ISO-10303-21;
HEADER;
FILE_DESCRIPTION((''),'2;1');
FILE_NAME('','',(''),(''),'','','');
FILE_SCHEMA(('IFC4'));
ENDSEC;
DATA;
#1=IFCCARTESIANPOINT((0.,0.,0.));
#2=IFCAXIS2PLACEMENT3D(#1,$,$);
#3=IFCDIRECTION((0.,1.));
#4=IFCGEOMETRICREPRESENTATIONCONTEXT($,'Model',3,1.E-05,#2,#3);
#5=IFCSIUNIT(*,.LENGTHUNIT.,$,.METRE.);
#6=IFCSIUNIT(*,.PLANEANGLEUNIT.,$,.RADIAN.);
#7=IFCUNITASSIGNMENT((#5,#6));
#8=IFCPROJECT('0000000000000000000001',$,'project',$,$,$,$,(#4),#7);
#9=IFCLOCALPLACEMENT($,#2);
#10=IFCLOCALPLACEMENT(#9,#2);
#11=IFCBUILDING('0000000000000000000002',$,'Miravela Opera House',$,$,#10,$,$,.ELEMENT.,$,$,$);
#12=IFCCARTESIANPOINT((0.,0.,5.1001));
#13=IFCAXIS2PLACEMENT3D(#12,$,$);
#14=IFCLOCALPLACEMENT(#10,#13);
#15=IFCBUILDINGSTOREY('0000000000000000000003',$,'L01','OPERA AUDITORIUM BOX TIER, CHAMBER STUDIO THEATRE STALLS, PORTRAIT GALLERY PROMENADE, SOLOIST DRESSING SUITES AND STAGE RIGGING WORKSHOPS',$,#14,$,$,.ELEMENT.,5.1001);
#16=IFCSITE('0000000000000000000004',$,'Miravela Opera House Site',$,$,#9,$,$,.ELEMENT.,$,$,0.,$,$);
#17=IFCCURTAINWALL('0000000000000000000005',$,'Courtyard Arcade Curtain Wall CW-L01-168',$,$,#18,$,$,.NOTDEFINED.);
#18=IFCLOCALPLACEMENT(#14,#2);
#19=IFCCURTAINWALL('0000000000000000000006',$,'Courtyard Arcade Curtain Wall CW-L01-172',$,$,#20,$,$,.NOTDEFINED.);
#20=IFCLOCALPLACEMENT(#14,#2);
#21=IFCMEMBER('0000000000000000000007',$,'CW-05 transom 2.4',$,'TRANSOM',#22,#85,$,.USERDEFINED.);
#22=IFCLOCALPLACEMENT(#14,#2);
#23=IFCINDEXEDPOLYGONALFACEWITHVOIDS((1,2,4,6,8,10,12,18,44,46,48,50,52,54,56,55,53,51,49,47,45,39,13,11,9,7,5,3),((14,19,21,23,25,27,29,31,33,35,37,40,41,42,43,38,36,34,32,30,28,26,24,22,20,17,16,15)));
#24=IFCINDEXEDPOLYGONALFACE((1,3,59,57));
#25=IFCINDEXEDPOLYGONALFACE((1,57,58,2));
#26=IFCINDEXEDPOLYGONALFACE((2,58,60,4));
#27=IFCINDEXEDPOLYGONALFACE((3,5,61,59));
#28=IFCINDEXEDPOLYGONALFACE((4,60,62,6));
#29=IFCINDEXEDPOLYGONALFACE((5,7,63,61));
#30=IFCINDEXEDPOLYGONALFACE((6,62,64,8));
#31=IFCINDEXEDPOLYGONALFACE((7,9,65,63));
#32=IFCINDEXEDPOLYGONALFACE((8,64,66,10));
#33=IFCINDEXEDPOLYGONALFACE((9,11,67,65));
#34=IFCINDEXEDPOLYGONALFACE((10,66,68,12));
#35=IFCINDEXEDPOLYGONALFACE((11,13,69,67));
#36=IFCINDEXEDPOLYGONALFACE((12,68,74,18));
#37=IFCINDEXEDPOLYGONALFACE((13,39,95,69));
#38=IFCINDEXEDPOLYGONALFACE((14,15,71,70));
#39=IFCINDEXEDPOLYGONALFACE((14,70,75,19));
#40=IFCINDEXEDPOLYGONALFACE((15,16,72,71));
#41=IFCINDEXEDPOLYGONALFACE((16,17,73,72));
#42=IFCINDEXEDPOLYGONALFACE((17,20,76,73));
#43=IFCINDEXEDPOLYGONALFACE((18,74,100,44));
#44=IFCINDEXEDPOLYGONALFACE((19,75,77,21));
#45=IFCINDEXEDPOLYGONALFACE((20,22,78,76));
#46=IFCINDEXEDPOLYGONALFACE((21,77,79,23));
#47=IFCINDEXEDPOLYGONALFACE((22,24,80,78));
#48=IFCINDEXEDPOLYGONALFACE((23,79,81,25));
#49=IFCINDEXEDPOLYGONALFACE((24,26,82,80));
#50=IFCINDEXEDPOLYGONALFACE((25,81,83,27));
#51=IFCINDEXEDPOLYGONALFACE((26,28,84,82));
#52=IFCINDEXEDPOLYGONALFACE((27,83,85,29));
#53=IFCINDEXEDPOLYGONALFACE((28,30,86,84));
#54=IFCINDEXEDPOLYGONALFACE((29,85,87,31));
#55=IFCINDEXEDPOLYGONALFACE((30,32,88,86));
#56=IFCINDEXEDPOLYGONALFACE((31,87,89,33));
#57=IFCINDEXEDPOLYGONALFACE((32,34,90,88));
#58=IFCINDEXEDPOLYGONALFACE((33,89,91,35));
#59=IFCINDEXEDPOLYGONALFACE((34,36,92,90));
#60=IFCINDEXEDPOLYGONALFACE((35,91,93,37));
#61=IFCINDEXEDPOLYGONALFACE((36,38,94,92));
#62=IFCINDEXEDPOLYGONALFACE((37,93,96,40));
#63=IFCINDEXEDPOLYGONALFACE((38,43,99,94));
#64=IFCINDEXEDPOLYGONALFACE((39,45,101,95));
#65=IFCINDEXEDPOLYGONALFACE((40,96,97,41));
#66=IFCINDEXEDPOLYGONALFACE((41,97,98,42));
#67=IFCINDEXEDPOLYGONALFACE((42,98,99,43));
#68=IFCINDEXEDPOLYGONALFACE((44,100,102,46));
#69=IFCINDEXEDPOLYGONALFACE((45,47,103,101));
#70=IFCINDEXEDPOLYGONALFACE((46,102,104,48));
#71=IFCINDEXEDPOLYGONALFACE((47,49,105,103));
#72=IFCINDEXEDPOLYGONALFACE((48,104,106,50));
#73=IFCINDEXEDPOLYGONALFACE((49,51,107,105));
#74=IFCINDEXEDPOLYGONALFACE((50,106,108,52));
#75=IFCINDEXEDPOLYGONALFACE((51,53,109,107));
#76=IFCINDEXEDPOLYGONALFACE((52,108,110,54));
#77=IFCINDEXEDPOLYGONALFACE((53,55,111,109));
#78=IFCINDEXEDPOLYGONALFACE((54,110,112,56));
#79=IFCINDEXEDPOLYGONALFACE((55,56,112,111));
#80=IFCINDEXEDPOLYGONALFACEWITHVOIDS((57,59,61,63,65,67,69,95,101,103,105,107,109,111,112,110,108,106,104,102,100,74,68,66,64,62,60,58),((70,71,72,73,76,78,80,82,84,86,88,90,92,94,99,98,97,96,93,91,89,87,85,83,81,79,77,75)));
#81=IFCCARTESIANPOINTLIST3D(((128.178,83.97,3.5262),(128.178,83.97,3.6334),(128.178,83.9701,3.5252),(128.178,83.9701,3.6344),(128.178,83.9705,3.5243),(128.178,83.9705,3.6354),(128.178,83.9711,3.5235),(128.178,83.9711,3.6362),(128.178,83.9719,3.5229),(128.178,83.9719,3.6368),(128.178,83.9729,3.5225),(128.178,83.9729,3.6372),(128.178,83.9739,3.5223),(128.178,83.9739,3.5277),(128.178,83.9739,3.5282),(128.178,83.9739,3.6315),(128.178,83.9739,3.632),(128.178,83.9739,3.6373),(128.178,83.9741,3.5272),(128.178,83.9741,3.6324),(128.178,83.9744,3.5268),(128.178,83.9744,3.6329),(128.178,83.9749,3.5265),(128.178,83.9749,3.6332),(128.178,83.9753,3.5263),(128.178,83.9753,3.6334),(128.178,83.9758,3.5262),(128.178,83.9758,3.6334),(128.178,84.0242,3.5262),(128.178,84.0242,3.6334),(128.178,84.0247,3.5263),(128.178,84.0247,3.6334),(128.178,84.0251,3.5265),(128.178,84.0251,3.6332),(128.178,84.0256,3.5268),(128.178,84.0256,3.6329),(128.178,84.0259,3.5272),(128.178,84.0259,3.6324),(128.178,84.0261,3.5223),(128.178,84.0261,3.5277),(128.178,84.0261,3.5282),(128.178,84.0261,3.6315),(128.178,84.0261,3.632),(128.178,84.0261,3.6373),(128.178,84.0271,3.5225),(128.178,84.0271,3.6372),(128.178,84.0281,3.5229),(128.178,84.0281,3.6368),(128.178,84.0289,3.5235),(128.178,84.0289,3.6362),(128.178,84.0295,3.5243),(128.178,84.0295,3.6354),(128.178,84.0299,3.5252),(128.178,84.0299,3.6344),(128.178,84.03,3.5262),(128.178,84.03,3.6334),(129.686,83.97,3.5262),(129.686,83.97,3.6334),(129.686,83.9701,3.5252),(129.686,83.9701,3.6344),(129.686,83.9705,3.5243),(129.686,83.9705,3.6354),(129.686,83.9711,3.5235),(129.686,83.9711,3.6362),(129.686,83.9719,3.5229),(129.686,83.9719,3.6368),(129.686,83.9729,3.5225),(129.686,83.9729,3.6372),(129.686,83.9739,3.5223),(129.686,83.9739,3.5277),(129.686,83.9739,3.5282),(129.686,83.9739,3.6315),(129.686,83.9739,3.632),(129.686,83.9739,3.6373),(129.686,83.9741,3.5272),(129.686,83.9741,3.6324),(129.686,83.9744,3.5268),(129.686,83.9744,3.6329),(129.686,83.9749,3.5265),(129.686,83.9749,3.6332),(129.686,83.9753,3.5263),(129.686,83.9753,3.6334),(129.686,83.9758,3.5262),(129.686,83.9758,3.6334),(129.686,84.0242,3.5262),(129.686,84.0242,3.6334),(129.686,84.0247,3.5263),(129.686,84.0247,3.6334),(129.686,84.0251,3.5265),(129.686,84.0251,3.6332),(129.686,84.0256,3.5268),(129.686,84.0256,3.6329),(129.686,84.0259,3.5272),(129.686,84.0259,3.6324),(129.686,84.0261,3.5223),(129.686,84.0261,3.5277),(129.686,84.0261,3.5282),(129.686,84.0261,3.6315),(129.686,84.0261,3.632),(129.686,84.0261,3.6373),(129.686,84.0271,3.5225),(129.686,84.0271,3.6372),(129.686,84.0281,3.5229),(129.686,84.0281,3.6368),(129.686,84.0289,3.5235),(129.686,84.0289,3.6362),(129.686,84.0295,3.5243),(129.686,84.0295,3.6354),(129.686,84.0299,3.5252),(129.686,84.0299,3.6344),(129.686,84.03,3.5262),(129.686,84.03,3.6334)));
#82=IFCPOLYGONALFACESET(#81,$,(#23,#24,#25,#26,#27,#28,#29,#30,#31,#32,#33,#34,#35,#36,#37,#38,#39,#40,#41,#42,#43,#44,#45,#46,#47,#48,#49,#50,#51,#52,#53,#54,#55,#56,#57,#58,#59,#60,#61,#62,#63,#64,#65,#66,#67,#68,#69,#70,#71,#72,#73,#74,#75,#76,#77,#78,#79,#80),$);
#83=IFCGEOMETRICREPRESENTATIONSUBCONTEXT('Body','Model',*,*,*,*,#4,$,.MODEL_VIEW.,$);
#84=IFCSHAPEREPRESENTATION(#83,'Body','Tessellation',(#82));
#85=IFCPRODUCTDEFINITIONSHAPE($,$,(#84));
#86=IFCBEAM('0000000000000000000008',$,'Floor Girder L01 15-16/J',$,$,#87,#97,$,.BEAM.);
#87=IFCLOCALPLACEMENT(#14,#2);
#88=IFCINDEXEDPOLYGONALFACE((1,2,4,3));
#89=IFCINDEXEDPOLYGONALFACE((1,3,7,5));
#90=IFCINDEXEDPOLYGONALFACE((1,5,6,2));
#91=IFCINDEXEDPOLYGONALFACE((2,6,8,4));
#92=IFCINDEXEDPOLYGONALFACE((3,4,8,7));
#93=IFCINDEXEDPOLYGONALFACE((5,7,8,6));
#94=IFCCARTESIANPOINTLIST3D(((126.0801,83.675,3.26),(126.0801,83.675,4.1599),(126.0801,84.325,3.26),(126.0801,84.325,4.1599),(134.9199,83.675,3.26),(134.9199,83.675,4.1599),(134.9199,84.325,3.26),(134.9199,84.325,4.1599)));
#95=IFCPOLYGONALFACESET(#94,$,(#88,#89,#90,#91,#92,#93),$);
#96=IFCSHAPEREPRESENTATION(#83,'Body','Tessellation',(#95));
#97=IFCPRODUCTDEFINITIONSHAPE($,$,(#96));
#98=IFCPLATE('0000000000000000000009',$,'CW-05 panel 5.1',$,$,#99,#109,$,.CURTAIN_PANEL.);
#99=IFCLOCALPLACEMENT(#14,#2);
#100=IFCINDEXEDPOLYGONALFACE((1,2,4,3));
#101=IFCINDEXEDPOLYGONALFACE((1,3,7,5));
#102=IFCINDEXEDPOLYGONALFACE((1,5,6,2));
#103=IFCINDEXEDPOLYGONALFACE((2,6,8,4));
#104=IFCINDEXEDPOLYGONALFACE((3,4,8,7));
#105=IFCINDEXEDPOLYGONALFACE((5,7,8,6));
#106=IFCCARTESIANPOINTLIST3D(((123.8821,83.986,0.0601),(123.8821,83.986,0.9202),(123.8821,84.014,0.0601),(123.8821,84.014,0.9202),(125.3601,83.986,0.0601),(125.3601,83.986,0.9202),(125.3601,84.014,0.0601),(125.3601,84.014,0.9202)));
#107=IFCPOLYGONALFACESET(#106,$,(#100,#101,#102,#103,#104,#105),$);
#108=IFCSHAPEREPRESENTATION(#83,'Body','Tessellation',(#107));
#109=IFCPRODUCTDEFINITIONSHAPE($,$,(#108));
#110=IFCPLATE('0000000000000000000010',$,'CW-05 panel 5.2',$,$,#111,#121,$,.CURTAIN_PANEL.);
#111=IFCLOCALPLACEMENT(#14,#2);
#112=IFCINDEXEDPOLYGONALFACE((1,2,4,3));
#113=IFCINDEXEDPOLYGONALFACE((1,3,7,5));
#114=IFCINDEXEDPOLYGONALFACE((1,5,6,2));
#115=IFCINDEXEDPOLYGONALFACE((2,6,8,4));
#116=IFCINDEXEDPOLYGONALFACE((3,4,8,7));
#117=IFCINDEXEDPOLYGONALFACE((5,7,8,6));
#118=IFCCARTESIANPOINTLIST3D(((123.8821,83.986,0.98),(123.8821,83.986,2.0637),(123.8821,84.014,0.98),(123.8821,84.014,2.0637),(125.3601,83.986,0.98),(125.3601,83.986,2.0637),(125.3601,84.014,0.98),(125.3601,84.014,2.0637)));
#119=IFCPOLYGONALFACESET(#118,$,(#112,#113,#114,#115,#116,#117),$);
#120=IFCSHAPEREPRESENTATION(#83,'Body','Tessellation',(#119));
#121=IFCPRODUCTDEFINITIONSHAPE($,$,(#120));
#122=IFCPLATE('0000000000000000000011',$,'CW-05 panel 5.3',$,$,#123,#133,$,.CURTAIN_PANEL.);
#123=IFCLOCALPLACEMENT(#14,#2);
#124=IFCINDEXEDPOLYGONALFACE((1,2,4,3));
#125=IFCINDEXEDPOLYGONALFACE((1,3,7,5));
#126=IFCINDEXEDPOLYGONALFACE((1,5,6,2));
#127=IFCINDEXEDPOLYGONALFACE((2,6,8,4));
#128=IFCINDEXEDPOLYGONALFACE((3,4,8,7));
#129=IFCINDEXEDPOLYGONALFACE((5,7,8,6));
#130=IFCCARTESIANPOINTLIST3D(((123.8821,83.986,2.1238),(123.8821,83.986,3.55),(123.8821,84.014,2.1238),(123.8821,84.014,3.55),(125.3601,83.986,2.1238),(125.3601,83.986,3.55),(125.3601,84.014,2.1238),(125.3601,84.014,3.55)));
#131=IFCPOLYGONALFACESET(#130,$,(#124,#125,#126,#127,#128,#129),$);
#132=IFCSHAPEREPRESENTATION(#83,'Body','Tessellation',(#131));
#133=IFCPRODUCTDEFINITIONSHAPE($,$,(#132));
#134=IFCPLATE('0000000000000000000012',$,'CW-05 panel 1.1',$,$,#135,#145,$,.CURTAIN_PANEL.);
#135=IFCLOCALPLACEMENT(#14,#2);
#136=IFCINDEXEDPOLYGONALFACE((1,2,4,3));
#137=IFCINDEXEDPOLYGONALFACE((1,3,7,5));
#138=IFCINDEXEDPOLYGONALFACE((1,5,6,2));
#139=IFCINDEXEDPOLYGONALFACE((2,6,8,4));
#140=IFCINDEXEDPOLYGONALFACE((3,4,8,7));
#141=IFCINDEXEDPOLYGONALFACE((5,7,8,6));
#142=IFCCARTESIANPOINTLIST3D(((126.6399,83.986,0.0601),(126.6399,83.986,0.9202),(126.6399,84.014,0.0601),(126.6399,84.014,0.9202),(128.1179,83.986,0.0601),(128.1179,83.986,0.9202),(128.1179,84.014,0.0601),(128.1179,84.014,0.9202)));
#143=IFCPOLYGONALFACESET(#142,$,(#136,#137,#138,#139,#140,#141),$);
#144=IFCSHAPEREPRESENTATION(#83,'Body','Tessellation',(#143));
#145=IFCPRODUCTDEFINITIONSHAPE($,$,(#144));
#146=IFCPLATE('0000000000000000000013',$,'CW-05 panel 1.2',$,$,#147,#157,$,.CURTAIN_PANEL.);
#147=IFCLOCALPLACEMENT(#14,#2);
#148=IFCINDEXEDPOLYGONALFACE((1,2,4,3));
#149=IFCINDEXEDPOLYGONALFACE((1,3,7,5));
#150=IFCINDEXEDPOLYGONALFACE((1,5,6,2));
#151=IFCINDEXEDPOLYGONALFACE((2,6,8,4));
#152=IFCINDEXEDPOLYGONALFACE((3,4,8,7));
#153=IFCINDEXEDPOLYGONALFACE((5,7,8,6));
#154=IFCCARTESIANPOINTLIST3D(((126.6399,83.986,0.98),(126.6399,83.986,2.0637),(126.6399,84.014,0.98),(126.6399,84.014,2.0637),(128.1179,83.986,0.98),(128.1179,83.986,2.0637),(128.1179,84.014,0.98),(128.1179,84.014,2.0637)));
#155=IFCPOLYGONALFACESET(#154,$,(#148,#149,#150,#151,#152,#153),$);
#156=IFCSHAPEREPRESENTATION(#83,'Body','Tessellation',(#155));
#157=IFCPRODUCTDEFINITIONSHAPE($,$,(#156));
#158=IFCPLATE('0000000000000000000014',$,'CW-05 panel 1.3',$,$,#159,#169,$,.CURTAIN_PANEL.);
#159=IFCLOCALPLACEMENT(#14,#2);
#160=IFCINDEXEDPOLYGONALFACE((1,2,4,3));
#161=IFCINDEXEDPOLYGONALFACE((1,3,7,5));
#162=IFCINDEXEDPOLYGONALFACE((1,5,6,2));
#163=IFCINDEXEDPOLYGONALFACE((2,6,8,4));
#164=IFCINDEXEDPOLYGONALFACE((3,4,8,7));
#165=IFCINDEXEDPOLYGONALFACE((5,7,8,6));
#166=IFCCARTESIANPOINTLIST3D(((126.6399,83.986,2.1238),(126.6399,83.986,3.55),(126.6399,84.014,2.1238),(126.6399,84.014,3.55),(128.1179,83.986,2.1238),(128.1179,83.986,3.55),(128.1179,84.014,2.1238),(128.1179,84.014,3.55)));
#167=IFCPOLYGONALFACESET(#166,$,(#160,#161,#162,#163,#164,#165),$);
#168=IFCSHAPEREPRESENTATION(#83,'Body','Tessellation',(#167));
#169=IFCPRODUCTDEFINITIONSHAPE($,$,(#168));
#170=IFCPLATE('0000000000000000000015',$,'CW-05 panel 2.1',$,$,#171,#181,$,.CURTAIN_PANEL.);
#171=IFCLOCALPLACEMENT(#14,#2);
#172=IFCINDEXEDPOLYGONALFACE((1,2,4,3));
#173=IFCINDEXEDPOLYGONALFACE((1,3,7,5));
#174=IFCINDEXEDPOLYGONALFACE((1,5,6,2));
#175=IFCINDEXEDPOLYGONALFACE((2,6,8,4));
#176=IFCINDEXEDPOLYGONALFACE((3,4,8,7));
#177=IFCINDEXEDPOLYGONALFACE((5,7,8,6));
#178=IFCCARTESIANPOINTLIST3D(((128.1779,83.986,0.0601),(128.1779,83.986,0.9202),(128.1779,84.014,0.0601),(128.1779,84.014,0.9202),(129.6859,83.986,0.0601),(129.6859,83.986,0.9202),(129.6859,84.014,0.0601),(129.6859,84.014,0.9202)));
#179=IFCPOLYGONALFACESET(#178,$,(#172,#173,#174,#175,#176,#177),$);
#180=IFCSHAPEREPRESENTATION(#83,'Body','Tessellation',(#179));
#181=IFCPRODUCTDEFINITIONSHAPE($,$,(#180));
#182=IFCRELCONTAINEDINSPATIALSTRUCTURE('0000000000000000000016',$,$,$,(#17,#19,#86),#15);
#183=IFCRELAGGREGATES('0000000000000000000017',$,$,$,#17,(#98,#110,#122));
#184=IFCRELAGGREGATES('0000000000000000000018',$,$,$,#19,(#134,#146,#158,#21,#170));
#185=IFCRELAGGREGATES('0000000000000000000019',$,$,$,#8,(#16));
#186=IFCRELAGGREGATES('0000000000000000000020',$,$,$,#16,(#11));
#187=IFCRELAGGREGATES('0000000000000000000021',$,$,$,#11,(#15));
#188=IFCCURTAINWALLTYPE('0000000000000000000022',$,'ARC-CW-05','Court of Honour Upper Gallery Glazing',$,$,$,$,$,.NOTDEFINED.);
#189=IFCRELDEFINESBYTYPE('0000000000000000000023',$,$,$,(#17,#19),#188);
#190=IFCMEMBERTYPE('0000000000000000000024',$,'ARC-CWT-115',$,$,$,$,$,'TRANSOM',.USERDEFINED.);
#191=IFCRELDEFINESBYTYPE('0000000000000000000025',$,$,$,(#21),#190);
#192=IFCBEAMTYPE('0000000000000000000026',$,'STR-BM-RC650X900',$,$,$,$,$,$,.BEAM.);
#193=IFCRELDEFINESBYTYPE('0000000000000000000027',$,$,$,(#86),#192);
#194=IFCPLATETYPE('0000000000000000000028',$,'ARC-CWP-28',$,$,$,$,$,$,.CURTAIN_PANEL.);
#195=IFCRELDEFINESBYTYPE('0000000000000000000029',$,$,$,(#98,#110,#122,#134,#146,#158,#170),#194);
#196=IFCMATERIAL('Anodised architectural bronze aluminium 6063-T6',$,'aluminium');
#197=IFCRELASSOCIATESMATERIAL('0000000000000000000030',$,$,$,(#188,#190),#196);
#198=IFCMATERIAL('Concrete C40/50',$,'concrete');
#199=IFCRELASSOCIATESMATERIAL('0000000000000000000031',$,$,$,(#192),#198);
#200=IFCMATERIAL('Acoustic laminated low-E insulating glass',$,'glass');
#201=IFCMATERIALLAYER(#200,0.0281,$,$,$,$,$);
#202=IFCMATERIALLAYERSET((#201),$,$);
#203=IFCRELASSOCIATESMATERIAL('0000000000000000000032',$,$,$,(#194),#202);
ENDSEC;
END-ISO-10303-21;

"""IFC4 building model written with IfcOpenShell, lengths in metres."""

from ifc_helpers import new_model, si_unit, direction, frame, origin, origin_2d, place, context, subcontext, project, spatial, rectangle, hollow_rectangle, extrude, material, layer, layer_set, material_profile, profile_set, type_object, element, aggregate, save


model = new_model("IFC4")

# Units and contexts
model_context = context("Model", 3, precision=1e-05, world=origin(), true_north=direction((0.0, 1.0)))
body_context = subcontext(model_context, "Body", "Model", "MODEL_VIEW")
ifc_project = project(units=[si_unit("LENGTHUNIT", "METRE"), si_unit("PLANEANGLEUNIT", "RADIAN")], contexts=[model_context])

# Site, building, storey
site_placement = place(None, origin())
site = spatial("IfcSite", under=ifc_project, at=site_placement, Name="Miravela Opera House Site", CompositionType="ELEMENT", RefElevation=0.0)
building_placement = place(site_placement, origin())
building = spatial("IfcBuilding", under=site, at=building_placement, Name="Miravela Opera House", CompositionType="ELEMENT")
storey_placement = place(building_placement, frame((0.0, 0.0, 5.1001)))
storey = spatial("IfcBuildingStorey", under=building, at=storey_placement, Name="L01", Description="OPERA AUDITORIUM BOX TIER, CHAMBER STUDIO THEATRE STALLS, PORTRAIT GALLERY PROMENADE, SOLOIST DRESSING SUITES AND STAGE RIGGING WORKSHOPS", CompositionType="ELEMENT", Elevation=5.1001)

# Curtain wall
ifc_material_1 = material(Name="Anodised architectural bronze aluminium 6063-T6", Category="aluminium")
curtain_wall_type = type_object("IfcCurtainWallType", Name="ARC-CW-05", Description="Court of Honour Upper Gallery Glazing", PredefinedType="NOTDEFINED", material=ifc_material_1)
curtain_wall_1_placement = place(storey_placement, origin())
curtain_wall_1 = element("IfcCurtainWall", 1, at=curtain_wall_1_placement, inside=storey, type_object=curtain_wall_type, Name="Courtyard Arcade Curtain Wall CW-L01-168", PredefinedType="NOTDEFINED")

# Curtain wall
curtain_wall_2_placement = place(storey_placement, origin())
curtain_wall_2 = element("IfcCurtainWall", 2, at=curtain_wall_2_placement, inside=storey, type_object=curtain_wall_type, Name="Courtyard Arcade Curtain Wall CW-L01-172", PredefinedType="NOTDEFINED")

# Member
ifc_material_profile_1 = material_profile(ifc_material_1, hollow_rectangle(XDim=0.0601, YDim=0.115, WallThickness=0.0039, InnerFilletRadius=0.002, OuterFilletRadius=0.0039, at=origin_2d()), Name="CWT-60X115")
ifc_profile_set_1 = profile_set([ifc_material_profile_1])
member_type_1 = type_object("IfcMemberType", Name="ARC-CWT-115", ElementType="TRANSOM", PredefinedType="USERDEFINED", material=ifc_profile_set_1)
member_1_placement = place(storey_placement, frame((128.178, 84.0, 3.5798), z_axis=(1.0, 0.0, 0.0), x_axis=(0.0, 1.0, 0.0)))
member_1 = element("IfcMember", 3, at=member_1_placement, type_object=member_type_1, Name="CW-05 transom 2.4", ObjectType="TRANSOM", PredefinedType="USERDEFINED", context=body_context, shape_type="SweptSolid", body=[
    extrude(hollow_rectangle(XDim=0.0601, YDim=0.115, WallThickness=0.0039, InnerFilletRadius=0.002, OuterFilletRadius=0.0039, at=origin_2d()), origin(), (0.0, 0.0, 1.0), 1.5081),
])

# Beam
ifc_material_2 = material(Name="Concrete C40/50", Category="concrete")
ifc_material_profile_2 = material_profile(ifc_material_2, rectangle(XDim=0.6499, YDim=0.8999, at=origin_2d()), Name="RC-BM-650X900")
ifc_profile_set_2 = profile_set([ifc_material_profile_2])
beam_type = type_object("IfcBeamType", Name="STR-BM-RC650X900", PredefinedType="BEAM", material=ifc_profile_set_2)
beam_placement = place(storey_placement, frame((126.0801, 84.0, 3.71), z_axis=(1.0, 0.0, 0.0), x_axis=(0.0, 1.0, 0.0)))
element("IfcBeam", 4, at=beam_placement, inside=storey, type_object=beam_type, Name="Floor Girder L01 15-16/J", PredefinedType="BEAM", context=body_context, shape_type="SweptSolid", body=[
    extrude(rectangle(XDim=0.6499, YDim=0.8999, at=origin_2d()), origin(), (0.0, 0.0, 1.0), 8.8398),
])

# Plates
ifc_material_3 = material(Name="Acoustic laminated low-E insulating glass", Category="glass")
ifc_layer = layer(ifc_material_3, 0.0281)
ifc_layer_set = layer_set([ifc_layer])
plate_type = type_object("IfcPlateType", Name="ARC-CWP-28", PredefinedType="CURTAIN_PANEL", material=ifc_layer_set)
plate_1_placement = place(storey_placement, frame((124.6211, 84.0, 0.0601), z_axis=(0.0, 0.0, 1.0), x_axis=(1.0, 0.0, 0.0)))
plate_1 = element("IfcPlate", 5, at=plate_1_placement, type_object=plate_type, Name="CW-05 panel 5.1", PredefinedType="CURTAIN_PANEL", context=body_context, shape_type="SweptSolid", body=[
    extrude(rectangle(XDim=1.478, YDim=0.0281, at=origin_2d()), origin(), (0.0, 0.0, 1.0), 0.8601),
])
plate_2_placement = place(storey_placement, frame((124.6211, 84.0, 0.98), z_axis=(0.0, 0.0, 1.0), x_axis=(1.0, 0.0, 0.0)))
plate_2 = element("IfcPlate", 6, at=plate_2_placement, type_object=plate_type, Name="CW-05 panel 5.2", PredefinedType="CURTAIN_PANEL", context=body_context, shape_type="SweptSolid", body=[
    extrude(rectangle(XDim=1.478, YDim=0.0281, at=origin_2d()), origin(), (0.0, 0.0, 1.0), 1.0837),
])
plate_3_placement = place(storey_placement, frame((124.6211, 84.0, 2.1238), z_axis=(0.0, 0.0, 1.0), x_axis=(1.0, 0.0, 0.0)))
plate_3 = element("IfcPlate", 7, at=plate_3_placement, type_object=plate_type, Name="CW-05 panel 5.3", PredefinedType="CURTAIN_PANEL", context=body_context, shape_type="SweptSolid", body=[
    extrude(rectangle(XDim=1.478, YDim=0.0281, at=origin_2d()), origin(), (0.0, 0.0, 1.0), 1.4263),
])
aggregate(curtain_wall_1, [plate_1, plate_2, plate_3])
plate_4_placement = place(storey_placement, frame((127.3789, 84.0, 0.0601), z_axis=(0.0, 0.0, 1.0), x_axis=(1.0, 0.0, 0.0)))
plate_4 = element("IfcPlate", 8, at=plate_4_placement, type_object=plate_type, Name="CW-05 panel 1.1", PredefinedType="CURTAIN_PANEL", context=body_context, shape_type="SweptSolid", body=[
    extrude(rectangle(XDim=1.478, YDim=0.0281, at=origin_2d()), origin(), (0.0, 0.0, 1.0), 0.8601),
])
plate_5_placement = place(storey_placement, frame((127.3789, 84.0, 0.98), z_axis=(0.0, 0.0, 1.0), x_axis=(1.0, 0.0, 0.0)))
plate_5 = element("IfcPlate", 9, at=plate_5_placement, type_object=plate_type, Name="CW-05 panel 1.2", PredefinedType="CURTAIN_PANEL", context=body_context, shape_type="SweptSolid", body=[
    extrude(rectangle(XDim=1.478, YDim=0.0281, at=origin_2d()), origin(), (0.0, 0.0, 1.0), 1.0837),
])
plate_6_placement = place(storey_placement, frame((127.3789, 84.0, 2.1238), z_axis=(0.0, 0.0, 1.0), x_axis=(1.0, 0.0, 0.0)))
plate_6 = element("IfcPlate", 10, at=plate_6_placement, type_object=plate_type, Name="CW-05 panel 1.3", PredefinedType="CURTAIN_PANEL", context=body_context, shape_type="SweptSolid", body=[
    extrude(rectangle(XDim=1.478, YDim=0.0281, at=origin_2d()), origin(), (0.0, 0.0, 1.0), 1.4263),
])
plate_7_placement = place(storey_placement, frame((128.9319, 84.0, 0.0601), z_axis=(0.0, 0.0, 1.0), x_axis=(1.0, 0.0, 0.0)))
plate_7 = element("IfcPlate", 11, at=plate_7_placement, type_object=plate_type, Name="CW-05 panel 2.1", PredefinedType="CURTAIN_PANEL", context=body_context, shape_type="SweptSolid", body=[
    extrude(rectangle(XDim=1.5081, YDim=0.0281, at=origin_2d()), origin(), (0.0, 0.0, 1.0), 0.8601),
])
aggregate(curtain_wall_2, [plate_4, plate_5, plate_6, member_1, plate_7])

save(model, "model.ifc")
